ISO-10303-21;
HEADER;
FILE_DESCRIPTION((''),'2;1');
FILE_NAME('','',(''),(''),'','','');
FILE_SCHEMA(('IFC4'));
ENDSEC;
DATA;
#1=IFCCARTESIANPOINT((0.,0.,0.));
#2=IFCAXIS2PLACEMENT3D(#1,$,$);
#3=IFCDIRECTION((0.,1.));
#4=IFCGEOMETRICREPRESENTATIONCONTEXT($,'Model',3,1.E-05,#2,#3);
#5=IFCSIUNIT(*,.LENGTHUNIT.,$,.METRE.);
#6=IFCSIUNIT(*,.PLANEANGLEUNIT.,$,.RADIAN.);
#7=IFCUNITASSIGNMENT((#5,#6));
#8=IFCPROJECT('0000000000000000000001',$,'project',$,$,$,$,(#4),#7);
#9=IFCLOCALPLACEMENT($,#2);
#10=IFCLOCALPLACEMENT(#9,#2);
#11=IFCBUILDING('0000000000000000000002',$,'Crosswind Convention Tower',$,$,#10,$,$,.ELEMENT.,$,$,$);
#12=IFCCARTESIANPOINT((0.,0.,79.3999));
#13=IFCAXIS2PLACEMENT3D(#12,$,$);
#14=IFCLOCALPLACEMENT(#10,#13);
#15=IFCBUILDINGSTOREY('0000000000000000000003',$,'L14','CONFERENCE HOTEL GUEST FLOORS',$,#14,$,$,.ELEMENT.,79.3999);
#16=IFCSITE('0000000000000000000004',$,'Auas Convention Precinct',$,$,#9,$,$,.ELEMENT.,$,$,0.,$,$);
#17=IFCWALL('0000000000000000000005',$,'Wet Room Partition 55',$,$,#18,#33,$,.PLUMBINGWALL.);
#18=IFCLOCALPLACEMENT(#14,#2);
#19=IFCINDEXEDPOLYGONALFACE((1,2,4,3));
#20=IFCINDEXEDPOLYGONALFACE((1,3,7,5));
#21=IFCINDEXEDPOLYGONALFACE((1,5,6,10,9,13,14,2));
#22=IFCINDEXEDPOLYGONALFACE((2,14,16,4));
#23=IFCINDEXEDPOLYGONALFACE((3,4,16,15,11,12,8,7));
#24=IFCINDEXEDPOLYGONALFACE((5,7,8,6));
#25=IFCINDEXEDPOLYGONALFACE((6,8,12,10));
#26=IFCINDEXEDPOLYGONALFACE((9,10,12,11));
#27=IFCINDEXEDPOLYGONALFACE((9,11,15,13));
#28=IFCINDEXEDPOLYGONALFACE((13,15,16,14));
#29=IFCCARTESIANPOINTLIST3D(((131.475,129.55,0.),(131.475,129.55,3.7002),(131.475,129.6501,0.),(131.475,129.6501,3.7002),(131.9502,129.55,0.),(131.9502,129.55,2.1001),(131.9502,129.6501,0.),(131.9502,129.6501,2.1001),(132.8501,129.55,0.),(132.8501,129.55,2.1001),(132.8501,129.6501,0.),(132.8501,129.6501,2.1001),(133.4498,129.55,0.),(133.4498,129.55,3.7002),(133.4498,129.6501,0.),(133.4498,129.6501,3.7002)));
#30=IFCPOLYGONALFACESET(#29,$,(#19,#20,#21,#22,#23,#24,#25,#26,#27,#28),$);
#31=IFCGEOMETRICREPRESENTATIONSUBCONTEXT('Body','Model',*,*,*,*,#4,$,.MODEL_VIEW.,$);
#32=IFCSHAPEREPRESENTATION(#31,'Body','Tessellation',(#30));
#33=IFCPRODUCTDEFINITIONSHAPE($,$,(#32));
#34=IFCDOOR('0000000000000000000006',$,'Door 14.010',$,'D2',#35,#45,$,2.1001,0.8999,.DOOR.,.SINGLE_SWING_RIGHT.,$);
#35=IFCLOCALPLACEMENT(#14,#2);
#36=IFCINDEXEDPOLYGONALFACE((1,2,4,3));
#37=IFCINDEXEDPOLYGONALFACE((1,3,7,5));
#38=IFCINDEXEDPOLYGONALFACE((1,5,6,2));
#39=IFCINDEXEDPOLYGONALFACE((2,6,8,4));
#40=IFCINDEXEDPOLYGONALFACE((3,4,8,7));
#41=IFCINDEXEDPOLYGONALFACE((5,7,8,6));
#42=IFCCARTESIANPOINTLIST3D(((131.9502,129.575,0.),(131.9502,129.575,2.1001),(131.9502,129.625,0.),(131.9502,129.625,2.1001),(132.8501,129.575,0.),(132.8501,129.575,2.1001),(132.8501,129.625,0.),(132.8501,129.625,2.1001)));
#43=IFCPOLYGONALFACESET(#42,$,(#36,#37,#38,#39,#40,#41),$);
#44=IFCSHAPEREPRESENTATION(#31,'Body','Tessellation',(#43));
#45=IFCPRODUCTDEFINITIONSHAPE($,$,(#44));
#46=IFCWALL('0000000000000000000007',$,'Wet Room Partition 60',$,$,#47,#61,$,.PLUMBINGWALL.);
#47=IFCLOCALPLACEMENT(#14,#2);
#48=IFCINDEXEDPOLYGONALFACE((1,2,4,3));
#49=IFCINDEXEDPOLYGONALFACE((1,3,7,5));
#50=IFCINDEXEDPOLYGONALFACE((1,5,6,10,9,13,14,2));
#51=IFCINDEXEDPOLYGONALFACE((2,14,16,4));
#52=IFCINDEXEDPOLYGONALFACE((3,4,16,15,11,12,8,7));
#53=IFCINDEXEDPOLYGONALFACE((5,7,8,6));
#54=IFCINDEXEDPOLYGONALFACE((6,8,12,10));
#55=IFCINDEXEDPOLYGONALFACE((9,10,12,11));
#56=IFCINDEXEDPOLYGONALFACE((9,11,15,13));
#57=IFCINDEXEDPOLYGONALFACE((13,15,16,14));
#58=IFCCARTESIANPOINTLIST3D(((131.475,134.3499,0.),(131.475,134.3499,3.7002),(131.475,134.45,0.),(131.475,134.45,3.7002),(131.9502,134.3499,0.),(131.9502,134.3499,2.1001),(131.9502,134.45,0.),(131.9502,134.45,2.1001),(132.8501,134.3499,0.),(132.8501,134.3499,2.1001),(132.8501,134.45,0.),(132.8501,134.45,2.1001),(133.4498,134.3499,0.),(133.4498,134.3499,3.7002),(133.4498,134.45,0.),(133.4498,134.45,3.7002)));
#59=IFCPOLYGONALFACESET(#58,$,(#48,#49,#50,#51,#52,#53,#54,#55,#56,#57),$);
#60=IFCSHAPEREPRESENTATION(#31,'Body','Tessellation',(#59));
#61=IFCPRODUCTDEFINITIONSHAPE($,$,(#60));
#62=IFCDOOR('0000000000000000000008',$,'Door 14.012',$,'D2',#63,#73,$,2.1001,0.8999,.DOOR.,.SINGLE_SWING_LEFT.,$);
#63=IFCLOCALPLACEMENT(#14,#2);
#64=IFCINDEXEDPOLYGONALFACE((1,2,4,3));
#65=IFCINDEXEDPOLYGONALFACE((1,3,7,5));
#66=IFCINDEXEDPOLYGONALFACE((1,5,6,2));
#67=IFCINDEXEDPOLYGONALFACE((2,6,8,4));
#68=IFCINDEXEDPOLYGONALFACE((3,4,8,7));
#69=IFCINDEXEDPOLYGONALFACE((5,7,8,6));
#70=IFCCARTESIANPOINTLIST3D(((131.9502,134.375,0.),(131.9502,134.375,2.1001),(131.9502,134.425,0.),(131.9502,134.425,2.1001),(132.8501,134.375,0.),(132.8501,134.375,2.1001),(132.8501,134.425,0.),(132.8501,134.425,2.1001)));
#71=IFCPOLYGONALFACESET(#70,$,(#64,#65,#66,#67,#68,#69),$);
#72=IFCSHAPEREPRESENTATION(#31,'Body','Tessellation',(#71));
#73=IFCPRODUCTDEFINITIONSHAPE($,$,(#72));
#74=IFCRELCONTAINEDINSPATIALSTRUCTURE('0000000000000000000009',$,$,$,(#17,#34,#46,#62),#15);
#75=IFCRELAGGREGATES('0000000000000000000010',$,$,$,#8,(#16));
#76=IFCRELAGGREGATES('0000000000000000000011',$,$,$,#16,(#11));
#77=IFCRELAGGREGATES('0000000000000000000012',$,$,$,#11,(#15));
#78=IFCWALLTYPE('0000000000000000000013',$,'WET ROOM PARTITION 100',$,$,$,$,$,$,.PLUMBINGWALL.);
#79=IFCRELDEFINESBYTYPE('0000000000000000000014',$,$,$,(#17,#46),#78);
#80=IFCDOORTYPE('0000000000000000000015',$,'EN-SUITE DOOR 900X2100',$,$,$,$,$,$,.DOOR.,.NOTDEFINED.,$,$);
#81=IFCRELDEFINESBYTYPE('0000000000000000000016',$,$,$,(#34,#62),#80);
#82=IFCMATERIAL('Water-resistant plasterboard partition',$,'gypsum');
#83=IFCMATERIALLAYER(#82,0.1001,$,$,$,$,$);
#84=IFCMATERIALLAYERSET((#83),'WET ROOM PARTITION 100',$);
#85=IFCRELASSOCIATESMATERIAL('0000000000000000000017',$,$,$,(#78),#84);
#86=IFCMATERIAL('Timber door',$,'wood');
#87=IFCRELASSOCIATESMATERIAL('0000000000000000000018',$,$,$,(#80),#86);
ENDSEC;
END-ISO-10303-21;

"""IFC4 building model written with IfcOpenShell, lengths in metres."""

from ifc_helpers import new_model, si_unit, direction, frame, frame_2d, origin, place, context, subcontext, project, spatial, rectangle, extrude, material, layer, layer_set, type_object, element, fill, save


model = new_model("IFC4")

# Units and contexts
model_context = context("Model", 3, precision=1e-05, world=origin(), true_north=direction((0.0, 1.0)))
body_context = subcontext(model_context, "Body", "Model", "MODEL_VIEW")
ifc_project = project(units=[si_unit("LENGTHUNIT", "METRE"), si_unit("PLANEANGLEUNIT", "RADIAN")], contexts=[model_context])

# Site, building, storey
site_placement = place(None, origin())
site = spatial("IfcSite", under=ifc_project, at=site_placement, Name="Auas Convention Precinct", CompositionType="ELEMENT", RefElevation=0.0)
building_placement = place(site_placement, origin())
building = spatial("IfcBuilding", under=site, at=building_placement, Name="Crosswind Convention Tower", CompositionType="ELEMENT")
storey_placement = place(building_placement, frame((0.0, 0.0, 79.3999)))
storey = spatial("IfcBuildingStorey", under=building, at=storey_placement, Name="L14", Description="CONFERENCE HOTEL GUEST FLOORS", CompositionType="ELEMENT", Elevation=79.3999)

# Walls, openings, doors
ifc_material_1 = material(Name="Water-resistant plasterboard partition", Category="gypsum")
ifc_layer_1 = layer(ifc_material_1, 0.1001)
ifc_layer_set_1 = layer_set([ifc_layer_1], Name="WET ROOM PARTITION 100")
wall_type_1 = type_object("IfcWallType", Name="WET ROOM PARTITION 100", PredefinedType="PLUMBINGWALL", material=ifc_layer_set_1)
wall_1_placement = place(storey_placement, frame((131.4751, 129.6001, 0.0), z_axis=(0.0, 0.0, 1.0), x_axis=(1.0, 0.0, 0.0)))
wall_1 = element("IfcWall", 1, at=wall_1_placement, inside=storey, type_object=wall_type_1, Name="Wet Room Partition 55", PredefinedType="PLUMBINGWALL", context=body_context, shape_type="SweptSolid", body=[
    extrude(rectangle(XDim=1.9749, YDim=0.1001, at=frame_2d((0.9873, 0.0))), origin(), (0.0, 0.0, 1.0), 3.7002),
])
opening_1_placement = place(wall_1_placement, frame((0.4751, 0.0, 0.0)))
opening_1 = element("IfcOpeningElement", 2, at=opening_1_placement, cuts=wall_1, PredefinedType="OPENING", context=body_context, shape_type="SweptSolid", body=[
    extrude(rectangle(XDim=0.8999, YDim=2.1001, at=frame_2d((0.45, 1.05))), frame((0.0, 0.0601, 0.0), z_axis=(0.0, -1.0, 0.0), x_axis=(1.0, 0.0, 0.0)), (0.0, 0.0, 1.0), 0.1201),
])
ifc_material_2 = material(Name="Timber door", Category="wood")
door_type_1 = type_object("IfcDoorType", Name="EN-SUITE DOOR 900X2100", OperationType="NOTDEFINED", PredefinedType="DOOR", material=ifc_material_2)
door_1_placement = place(opening_1_placement, origin())
door_1 = element("IfcDoor", 3, at=door_1_placement, inside=storey, type_object=door_type_1, Name="Door 14.010", ObjectType="D2", OperationType="SINGLE_SWING_RIGHT", OverallHeight=2.1001, OverallWidth=0.8999, PredefinedType="DOOR", context=body_context, shape_type="SweptSolid", body=[
    extrude(rectangle(XDim=0.8999, YDim=2.1001, at=frame_2d((0.45, 1.05))), frame((0.0, 0.0249, 0.0), z_axis=(0.0, -1.0, 0.0), x_axis=(1.0, 0.0, 0.0)), (0.0, 0.0, 1.0), 0.05),
])
fill(opening_1, door_1)
wall_2_placement = place(storey_placement, frame((131.4751, 134.3999, 0.0), z_axis=(0.0, 0.0, 1.0), x_axis=(1.0, 0.0, 0.0)))
wall_2 = element("IfcWall", 4, at=wall_2_placement, inside=storey, type_object=wall_type_1, Name="Wet Room Partition 60", PredefinedType="PLUMBINGWALL", context=body_context, shape_type="SweptSolid", body=[
    extrude(rectangle(XDim=1.9749, YDim=0.1001, at=frame_2d((0.9873, 0.0))), origin(), (0.0, 0.0, 1.0), 3.7002),
])
opening_2_placement = place(wall_2_placement, frame((0.4751, 0.0, 0.0)))
opening_2 = element("IfcOpeningElement", 5, at=opening_2_placement, cuts=wall_2, PredefinedType="OPENING", context=body_context, shape_type="SweptSolid", body=[
    extrude(rectangle(XDim=0.8999, YDim=2.1001, at=frame_2d((0.45, 1.05))), frame((0.0, 0.0601, 0.0), z_axis=(0.0, -1.0, 0.0), x_axis=(1.0, 0.0, 0.0)), (0.0, 0.0, 1.0), 0.1201),
])
door_2_placement = place(opening_2_placement, frame((0.8999, 0.0, 0.0), z_axis=(0.0, 0.0, 1.0), x_axis=(-1.0, 0.0, 0.0)))
door_2 = element("IfcDoor", 6, at=door_2_placement, inside=storey, type_object=door_type_1, Name="Door 14.012", ObjectType="D2", OperationType="SINGLE_SWING_LEFT", OverallHeight=2.1001, OverallWidth=0.8999, PredefinedType="DOOR", context=body_context, shape_type="SweptSolid", body=[
    extrude(rectangle(XDim=0.8999, YDim=2.1001, at=frame_2d((0.45, 1.05))), frame((0.0, 0.0249, 0.0), z_axis=(0.0, -1.0, 0.0), x_axis=(1.0, 0.0, 0.0)), (0.0, 0.0, 1.0), 0.05),
])
fill(opening_2, door_2)

save(model, "model.ifc")
